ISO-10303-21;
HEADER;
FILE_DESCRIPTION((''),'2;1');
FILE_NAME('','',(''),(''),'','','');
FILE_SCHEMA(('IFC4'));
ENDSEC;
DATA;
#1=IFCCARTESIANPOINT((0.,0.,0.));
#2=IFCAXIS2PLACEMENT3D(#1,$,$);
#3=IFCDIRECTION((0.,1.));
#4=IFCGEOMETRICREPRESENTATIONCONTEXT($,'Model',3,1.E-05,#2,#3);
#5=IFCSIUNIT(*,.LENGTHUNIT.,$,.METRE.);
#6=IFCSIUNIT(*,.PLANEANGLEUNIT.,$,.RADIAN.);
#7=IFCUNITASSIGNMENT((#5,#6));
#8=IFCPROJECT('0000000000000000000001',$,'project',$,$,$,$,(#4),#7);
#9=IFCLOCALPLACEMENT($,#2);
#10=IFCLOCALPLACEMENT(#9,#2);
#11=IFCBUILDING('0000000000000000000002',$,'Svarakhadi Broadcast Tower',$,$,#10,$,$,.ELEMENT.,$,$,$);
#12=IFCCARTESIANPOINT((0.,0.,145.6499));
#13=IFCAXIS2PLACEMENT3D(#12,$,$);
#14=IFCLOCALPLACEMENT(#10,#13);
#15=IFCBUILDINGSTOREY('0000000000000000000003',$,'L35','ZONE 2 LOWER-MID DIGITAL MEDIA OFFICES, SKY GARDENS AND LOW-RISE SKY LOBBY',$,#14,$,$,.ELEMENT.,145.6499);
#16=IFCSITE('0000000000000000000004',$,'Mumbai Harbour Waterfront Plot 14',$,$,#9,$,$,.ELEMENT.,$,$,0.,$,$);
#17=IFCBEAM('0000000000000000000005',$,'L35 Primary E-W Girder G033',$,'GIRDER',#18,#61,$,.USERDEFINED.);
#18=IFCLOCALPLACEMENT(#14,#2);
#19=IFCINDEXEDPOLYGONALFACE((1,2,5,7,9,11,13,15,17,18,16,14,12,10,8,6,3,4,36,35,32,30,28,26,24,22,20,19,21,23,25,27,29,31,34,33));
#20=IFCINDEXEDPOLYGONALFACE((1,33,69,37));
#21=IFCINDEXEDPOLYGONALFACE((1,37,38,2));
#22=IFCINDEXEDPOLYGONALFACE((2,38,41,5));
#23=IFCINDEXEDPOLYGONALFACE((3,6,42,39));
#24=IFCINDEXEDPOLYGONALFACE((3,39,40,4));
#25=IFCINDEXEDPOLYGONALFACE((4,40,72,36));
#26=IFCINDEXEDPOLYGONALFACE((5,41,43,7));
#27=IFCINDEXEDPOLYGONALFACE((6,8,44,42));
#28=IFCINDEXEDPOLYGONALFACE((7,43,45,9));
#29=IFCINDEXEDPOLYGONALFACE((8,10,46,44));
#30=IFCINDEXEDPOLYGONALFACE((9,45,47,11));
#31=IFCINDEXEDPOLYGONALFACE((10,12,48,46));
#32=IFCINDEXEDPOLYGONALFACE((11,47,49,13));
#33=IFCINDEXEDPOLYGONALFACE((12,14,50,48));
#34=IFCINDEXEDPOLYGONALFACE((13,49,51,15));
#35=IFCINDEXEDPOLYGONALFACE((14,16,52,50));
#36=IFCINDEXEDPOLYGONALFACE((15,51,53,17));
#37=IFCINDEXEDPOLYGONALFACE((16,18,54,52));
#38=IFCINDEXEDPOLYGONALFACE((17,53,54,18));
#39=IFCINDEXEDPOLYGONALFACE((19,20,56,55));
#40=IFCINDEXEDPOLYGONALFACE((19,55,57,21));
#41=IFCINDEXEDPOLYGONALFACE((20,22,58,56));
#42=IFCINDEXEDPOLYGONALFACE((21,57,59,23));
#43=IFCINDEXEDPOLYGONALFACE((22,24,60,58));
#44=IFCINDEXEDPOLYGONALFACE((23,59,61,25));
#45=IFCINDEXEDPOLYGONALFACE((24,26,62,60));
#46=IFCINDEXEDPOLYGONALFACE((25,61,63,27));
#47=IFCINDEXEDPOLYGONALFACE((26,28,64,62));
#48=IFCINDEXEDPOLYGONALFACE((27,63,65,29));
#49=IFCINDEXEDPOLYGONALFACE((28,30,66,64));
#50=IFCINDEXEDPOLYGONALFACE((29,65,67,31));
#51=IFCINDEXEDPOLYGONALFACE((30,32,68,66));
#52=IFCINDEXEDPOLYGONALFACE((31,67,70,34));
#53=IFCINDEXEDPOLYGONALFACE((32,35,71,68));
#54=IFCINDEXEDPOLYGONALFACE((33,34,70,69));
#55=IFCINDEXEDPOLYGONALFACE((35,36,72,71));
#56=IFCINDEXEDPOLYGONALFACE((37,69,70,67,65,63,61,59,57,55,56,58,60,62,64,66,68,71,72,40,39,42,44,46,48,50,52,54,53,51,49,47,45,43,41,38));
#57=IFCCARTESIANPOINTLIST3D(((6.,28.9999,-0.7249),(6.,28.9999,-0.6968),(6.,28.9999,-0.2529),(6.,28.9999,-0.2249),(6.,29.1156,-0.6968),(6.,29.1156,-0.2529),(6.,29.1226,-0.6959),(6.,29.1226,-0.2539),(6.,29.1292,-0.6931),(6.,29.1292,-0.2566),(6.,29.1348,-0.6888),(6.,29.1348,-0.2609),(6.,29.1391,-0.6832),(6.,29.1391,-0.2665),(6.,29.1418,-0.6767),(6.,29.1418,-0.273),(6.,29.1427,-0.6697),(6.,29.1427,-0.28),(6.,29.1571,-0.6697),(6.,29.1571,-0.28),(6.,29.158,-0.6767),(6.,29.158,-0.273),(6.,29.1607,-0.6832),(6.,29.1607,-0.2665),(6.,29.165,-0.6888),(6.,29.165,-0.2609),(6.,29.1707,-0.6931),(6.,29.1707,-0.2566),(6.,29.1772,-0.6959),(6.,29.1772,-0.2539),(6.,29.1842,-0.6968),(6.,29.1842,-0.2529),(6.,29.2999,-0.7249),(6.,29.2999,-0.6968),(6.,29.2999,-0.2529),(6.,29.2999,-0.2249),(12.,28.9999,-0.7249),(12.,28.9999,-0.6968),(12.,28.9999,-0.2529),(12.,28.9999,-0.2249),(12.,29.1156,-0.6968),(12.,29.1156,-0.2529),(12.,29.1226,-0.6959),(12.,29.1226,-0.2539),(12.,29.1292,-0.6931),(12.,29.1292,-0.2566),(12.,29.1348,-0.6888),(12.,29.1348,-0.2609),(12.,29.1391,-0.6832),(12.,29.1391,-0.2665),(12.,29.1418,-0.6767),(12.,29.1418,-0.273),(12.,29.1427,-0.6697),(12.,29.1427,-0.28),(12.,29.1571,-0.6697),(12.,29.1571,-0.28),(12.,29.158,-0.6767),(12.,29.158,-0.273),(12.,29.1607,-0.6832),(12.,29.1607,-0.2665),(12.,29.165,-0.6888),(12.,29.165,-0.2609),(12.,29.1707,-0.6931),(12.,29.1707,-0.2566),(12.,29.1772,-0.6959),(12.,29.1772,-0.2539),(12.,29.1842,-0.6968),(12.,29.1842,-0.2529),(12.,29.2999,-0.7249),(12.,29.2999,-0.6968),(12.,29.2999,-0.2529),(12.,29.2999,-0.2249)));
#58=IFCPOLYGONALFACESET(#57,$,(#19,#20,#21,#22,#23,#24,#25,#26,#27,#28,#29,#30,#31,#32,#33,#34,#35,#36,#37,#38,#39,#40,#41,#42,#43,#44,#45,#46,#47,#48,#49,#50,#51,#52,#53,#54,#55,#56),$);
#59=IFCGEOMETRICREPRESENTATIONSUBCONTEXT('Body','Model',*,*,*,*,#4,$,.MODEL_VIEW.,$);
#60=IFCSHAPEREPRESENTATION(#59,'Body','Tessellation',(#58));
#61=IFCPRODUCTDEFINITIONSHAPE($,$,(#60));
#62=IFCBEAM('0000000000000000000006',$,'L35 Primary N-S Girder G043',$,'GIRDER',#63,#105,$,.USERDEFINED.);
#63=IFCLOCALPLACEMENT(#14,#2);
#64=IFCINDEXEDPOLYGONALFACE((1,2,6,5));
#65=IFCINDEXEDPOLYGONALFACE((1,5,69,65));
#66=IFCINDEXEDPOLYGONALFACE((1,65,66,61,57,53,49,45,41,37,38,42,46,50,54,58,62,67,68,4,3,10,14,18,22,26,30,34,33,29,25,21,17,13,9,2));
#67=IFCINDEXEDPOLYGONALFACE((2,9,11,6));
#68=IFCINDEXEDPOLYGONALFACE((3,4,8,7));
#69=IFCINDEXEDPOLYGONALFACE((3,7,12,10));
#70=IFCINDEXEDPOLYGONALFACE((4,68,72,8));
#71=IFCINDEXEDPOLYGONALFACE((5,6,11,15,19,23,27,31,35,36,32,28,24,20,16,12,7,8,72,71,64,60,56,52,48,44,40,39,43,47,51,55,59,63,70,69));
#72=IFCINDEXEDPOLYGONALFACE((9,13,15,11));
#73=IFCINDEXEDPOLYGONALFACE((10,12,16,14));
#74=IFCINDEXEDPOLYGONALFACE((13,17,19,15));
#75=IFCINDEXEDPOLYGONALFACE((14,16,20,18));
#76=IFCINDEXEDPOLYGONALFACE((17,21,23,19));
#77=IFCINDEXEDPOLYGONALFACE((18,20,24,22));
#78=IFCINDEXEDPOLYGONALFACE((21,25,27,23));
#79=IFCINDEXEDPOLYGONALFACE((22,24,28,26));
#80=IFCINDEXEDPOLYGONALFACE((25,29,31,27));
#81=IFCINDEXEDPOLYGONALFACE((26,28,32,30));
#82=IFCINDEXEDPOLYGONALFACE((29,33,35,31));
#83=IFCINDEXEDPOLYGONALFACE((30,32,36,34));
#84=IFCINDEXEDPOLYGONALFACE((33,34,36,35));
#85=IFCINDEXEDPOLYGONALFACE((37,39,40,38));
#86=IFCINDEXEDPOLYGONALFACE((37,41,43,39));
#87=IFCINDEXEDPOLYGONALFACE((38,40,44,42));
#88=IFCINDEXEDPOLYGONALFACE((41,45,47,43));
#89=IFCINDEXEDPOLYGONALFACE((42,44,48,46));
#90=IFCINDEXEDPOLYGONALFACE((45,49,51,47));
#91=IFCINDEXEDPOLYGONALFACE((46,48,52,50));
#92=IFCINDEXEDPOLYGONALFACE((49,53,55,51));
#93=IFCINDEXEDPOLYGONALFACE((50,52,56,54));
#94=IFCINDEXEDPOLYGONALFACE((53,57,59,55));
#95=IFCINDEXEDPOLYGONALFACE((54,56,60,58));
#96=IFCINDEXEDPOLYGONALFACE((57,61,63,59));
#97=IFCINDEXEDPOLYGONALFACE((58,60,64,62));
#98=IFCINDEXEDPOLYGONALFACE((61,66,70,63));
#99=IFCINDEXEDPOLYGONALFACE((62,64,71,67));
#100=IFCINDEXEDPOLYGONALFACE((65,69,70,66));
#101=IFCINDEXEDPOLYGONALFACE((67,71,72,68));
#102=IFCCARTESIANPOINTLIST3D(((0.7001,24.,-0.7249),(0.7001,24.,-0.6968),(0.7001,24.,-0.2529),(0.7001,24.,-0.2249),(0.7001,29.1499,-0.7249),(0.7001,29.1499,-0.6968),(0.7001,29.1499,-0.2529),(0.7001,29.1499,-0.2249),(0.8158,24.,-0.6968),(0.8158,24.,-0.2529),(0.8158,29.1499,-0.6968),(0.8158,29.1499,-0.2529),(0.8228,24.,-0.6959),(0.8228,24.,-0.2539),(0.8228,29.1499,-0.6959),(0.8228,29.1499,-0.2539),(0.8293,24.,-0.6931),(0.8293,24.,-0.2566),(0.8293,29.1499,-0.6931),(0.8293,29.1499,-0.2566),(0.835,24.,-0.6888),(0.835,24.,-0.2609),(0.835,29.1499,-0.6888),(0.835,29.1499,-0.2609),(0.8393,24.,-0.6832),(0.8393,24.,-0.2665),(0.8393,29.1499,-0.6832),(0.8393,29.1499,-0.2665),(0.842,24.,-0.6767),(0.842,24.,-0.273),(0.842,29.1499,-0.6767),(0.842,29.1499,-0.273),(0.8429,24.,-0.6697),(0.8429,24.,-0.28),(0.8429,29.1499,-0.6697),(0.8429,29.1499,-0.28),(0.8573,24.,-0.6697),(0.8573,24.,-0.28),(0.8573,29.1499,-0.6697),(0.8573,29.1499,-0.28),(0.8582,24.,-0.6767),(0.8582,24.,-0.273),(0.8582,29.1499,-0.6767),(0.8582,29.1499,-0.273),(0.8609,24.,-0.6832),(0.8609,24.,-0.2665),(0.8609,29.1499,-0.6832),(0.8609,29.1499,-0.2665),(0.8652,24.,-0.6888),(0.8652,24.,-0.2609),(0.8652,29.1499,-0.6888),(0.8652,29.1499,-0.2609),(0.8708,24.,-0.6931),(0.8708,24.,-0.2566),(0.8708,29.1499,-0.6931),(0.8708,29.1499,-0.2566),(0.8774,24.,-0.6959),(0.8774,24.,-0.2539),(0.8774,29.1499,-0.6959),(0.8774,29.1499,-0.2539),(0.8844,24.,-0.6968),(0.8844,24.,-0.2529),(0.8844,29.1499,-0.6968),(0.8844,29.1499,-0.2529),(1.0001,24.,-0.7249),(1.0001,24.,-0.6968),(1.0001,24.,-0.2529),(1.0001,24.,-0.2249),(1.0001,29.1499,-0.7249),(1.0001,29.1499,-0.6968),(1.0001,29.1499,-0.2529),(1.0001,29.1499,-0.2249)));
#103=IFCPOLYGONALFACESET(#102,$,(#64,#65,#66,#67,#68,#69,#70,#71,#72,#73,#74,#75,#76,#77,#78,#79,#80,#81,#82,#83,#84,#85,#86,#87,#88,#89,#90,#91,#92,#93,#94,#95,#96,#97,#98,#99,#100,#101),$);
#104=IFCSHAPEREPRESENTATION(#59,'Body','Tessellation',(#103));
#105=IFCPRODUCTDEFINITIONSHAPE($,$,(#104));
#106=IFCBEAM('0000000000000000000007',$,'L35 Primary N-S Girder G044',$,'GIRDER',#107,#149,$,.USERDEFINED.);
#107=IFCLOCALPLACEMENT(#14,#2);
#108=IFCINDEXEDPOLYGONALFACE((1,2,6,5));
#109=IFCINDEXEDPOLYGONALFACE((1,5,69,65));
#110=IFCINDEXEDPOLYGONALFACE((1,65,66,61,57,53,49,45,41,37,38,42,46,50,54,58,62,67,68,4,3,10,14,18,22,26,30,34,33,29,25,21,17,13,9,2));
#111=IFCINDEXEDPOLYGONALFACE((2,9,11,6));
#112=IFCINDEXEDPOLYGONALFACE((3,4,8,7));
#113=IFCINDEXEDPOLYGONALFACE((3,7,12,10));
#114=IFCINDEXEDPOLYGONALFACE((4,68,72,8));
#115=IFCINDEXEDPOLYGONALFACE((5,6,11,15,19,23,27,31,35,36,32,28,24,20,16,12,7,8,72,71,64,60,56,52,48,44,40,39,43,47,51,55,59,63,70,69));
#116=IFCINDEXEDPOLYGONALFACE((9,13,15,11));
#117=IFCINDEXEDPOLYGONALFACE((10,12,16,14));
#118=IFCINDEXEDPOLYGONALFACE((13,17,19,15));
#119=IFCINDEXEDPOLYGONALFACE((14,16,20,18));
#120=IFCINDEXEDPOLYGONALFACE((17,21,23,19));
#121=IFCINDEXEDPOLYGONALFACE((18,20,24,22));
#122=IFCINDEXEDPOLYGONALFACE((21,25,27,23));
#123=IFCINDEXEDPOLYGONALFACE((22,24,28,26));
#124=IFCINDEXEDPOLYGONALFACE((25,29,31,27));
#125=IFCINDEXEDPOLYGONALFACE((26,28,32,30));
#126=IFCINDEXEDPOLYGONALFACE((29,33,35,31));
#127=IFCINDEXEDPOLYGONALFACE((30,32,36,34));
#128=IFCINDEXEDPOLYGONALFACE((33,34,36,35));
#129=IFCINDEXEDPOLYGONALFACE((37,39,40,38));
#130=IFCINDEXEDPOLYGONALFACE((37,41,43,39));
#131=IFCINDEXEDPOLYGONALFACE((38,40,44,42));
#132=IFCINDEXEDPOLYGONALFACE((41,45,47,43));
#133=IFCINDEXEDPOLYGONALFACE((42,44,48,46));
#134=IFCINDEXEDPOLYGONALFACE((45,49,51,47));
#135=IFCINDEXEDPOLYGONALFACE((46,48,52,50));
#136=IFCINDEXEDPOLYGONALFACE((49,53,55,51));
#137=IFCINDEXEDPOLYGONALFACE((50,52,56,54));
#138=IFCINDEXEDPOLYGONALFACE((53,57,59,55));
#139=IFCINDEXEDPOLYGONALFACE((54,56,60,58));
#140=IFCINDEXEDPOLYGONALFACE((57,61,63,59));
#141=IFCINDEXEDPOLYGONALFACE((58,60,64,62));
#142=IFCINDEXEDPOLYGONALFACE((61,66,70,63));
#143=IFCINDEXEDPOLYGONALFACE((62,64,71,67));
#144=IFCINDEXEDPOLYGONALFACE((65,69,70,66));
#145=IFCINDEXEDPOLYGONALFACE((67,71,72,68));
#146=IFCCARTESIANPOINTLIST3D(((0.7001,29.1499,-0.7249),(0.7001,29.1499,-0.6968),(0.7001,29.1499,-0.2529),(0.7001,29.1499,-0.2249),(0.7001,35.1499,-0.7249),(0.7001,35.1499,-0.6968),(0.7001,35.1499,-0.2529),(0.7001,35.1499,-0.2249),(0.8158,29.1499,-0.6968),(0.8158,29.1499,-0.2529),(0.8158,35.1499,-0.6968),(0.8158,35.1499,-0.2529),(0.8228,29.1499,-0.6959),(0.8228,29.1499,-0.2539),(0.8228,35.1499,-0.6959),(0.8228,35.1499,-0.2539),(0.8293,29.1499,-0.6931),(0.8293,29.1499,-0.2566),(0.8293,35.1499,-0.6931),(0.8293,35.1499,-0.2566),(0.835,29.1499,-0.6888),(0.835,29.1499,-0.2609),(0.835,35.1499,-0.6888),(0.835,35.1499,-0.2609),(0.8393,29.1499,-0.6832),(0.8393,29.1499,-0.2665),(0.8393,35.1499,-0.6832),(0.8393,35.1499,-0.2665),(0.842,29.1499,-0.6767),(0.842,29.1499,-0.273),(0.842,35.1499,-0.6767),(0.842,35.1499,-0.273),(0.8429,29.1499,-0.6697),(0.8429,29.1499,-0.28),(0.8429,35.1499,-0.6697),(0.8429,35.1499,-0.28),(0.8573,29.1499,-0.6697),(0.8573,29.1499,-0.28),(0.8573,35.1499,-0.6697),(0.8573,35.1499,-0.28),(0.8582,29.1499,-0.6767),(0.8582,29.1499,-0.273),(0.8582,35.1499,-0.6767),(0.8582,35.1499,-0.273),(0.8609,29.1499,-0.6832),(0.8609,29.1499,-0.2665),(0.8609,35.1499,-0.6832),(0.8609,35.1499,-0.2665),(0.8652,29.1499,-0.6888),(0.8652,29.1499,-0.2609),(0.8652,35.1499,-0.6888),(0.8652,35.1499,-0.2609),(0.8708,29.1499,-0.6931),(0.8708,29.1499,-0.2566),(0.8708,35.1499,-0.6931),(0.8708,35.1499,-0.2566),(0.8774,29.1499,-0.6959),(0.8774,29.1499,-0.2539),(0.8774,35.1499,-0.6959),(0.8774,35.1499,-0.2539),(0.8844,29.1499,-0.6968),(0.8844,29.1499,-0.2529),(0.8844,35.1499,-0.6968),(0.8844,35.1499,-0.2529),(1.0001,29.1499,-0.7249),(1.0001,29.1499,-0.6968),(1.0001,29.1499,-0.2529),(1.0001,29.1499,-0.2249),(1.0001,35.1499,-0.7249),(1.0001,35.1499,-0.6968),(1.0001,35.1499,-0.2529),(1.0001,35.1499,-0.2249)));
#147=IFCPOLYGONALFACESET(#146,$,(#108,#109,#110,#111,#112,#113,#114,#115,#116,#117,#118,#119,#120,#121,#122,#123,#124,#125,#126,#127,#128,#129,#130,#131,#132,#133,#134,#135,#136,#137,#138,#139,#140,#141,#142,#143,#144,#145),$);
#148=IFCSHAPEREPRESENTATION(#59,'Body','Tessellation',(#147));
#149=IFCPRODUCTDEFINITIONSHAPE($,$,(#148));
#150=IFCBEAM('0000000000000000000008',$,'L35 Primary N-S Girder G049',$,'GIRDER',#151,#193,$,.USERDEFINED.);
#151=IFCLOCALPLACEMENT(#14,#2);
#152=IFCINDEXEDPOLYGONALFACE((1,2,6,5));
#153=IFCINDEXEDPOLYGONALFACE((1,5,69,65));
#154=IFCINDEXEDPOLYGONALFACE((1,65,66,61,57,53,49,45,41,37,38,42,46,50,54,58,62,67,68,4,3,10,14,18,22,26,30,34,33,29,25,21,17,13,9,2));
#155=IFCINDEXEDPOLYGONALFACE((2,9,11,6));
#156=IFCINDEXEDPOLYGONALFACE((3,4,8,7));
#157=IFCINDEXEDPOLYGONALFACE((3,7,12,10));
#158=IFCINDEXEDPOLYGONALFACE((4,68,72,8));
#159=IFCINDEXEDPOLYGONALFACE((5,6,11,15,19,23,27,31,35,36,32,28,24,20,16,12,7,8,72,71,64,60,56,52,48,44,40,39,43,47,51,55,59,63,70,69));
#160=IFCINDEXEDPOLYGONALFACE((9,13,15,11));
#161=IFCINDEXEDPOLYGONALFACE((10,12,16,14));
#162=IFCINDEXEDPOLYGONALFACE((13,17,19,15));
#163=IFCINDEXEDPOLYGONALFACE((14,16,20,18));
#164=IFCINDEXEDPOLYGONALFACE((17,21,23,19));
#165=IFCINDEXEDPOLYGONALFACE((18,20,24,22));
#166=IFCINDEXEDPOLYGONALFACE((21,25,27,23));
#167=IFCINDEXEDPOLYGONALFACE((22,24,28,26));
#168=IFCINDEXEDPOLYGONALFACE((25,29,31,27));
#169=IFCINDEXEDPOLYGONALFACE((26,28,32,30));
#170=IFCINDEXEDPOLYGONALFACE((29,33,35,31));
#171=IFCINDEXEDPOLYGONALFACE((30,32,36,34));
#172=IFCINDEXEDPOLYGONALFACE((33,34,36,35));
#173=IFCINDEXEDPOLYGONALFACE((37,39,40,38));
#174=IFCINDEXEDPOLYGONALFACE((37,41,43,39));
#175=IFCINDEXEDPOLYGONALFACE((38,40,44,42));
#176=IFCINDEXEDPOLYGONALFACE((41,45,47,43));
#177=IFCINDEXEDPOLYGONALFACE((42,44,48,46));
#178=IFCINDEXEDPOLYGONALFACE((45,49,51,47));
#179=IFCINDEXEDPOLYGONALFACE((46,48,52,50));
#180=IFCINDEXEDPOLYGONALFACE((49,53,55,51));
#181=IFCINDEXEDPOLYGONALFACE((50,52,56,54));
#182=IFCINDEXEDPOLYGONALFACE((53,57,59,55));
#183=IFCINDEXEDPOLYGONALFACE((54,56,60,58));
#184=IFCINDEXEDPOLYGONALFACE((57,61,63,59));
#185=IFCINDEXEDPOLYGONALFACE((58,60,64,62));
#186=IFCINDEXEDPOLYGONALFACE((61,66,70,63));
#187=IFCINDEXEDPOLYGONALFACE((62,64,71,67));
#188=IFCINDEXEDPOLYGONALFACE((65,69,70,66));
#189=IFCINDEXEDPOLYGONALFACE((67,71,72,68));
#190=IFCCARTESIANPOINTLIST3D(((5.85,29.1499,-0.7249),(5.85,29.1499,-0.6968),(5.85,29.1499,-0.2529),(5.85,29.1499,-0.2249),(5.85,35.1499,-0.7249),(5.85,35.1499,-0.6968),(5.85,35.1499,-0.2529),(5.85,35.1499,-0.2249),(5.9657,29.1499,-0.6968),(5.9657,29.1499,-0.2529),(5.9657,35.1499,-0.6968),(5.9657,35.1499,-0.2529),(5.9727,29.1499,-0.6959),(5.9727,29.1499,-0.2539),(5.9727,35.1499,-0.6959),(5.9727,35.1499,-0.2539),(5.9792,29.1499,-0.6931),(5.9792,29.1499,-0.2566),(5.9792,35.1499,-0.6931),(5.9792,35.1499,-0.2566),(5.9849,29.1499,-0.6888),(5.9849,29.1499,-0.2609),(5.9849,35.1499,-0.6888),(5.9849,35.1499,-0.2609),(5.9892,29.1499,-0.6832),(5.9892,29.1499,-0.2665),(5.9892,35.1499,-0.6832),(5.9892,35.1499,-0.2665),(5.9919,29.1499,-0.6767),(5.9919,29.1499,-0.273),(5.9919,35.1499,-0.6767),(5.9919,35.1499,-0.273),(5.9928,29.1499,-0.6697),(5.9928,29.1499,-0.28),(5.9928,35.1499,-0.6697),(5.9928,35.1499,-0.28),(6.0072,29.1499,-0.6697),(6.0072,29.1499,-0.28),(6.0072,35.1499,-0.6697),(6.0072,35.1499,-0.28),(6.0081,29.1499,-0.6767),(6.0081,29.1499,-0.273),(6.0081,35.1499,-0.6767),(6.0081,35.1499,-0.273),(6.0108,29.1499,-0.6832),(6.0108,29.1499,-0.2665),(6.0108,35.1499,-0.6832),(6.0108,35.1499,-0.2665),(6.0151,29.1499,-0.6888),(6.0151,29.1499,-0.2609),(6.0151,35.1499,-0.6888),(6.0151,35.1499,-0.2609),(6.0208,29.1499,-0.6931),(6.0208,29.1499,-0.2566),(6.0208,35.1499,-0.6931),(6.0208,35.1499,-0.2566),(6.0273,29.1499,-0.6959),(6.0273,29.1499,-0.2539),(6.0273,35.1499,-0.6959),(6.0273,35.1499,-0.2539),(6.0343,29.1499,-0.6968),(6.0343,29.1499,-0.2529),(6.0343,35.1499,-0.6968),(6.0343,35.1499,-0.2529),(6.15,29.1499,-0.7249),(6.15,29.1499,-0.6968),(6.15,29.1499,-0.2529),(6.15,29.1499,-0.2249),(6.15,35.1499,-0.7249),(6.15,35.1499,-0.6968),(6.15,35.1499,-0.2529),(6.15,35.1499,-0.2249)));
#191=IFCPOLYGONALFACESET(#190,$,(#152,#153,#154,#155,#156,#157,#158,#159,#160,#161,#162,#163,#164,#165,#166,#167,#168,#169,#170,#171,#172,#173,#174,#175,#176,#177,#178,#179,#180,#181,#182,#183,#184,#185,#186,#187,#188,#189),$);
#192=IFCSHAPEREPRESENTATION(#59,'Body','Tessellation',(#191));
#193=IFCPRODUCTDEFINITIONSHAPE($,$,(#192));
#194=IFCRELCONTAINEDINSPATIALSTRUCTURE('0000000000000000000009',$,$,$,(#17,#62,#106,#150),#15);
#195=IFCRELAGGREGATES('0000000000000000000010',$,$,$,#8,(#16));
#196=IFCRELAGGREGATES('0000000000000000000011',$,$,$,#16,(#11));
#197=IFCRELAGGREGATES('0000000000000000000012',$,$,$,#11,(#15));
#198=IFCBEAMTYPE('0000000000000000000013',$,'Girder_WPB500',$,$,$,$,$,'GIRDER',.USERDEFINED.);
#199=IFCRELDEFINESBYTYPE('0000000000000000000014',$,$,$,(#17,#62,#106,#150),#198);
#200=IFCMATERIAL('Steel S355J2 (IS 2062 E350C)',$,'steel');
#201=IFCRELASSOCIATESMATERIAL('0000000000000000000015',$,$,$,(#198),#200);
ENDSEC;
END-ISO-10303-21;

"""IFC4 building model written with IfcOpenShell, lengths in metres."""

from ifc_helpers import new_model, si_unit, direction, frame, origin, origin_2d, place, context, subcontext, project, spatial, i_section, extrude, material, material_profile, profile_set, type_object, element, save


model = new_model("IFC4")

# Units and contexts
model_context = context("Model", 3, precision=1e-05, world=origin(), true_north=direction((0.0, 1.0)))
body_context = subcontext(model_context, "Body", "Model", "MODEL_VIEW")
ifc_project = project(units=[si_unit("LENGTHUNIT", "METRE"), si_unit("PLANEANGLEUNIT", "RADIAN")], contexts=[model_context])

# Site, building, storey
site_placement = place(None, origin())
site = spatial("IfcSite", under=ifc_project, at=site_placement, Name="Mumbai Harbour Waterfront Plot 14", CompositionType="ELEMENT", RefElevation=0.0)
building_placement = place(site_placement, origin())
building = spatial("IfcBuilding", under=site, at=building_placement, Name="Svarakhadi Broadcast Tower", CompositionType="ELEMENT")
storey_placement = place(building_placement, frame((0.0, 0.0, 145.6499)))
storey = spatial("IfcBuildingStorey", under=building, at=storey_placement, Name="L35", Description="ZONE 2 LOWER-MID DIGITAL MEDIA OFFICES, SKY GARDENS AND LOW-RISE SKY LOBBY", CompositionType="ELEMENT", Elevation=145.6499)

# Shared definitions
ifc_material_1 = material(Name="Steel S355J2 (IS 2062 E350C)", Category="steel")

# Beams
ifc_material_profile_1 = material_profile(ifc_material_1, i_section(OverallWidth=0.3, OverallDepth=0.5, WebThickness=0.0144, FlangeThickness=0.0281, FilletRadius=0.0271, at=origin_2d()), Name="WPB 500x300x187")
ifc_profile_set_1 = profile_set([ifc_material_profile_1], Name="Steel S355J2 (IS 2062 E350C)")
beam_type_1 = type_object("IfcBeamType", Name="Girder_WPB500", ElementType="GIRDER", PredefinedType="USERDEFINED", material=ifc_profile_set_1)
beam_1_placement = place(storey_placement, frame((6.0, 29.1499, -0.4749), z_axis=(1.0, 0.0, 0.0), x_axis=(0.0, 1.0, 0.0)))
element("IfcBeam", 1, at=beam_1_placement, inside=storey, type_object=beam_type_1, Name="L35 Primary E-W Girder G033", ObjectType="GIRDER", PredefinedType="USERDEFINED", context=body_context, shape_type="SweptSolid", body=[
    extrude(i_section(OverallWidth=0.3, OverallDepth=0.5, WebThickness=0.0144, FlangeThickness=0.0281, FilletRadius=0.0271, at=origin_2d()), origin(), (0.0, 0.0, 1.0), 6.0),
])
beam_2_placement = place(storey_placement, frame((0.8501, 24.0, -0.4749), z_axis=(0.0, 1.0, 0.0), x_axis=(-1.0, 0.0, 0.0)))
element("IfcBeam", 2, at=beam_2_placement, inside=storey, type_object=beam_type_1, Name="L35 Primary N-S Girder G043", ObjectType="GIRDER", PredefinedType="USERDEFINED", context=body_context, shape_type="SweptSolid", body=[
    extrude(i_section(OverallWidth=0.3, OverallDepth=0.5, WebThickness=0.0144, FlangeThickness=0.0281, FilletRadius=0.0271, at=origin_2d()), origin(), (0.0, 0.0, 1.0), 5.1499),
])
for number, where, z_axis, x_axis, name in (
    (3, (0.8501, 29.1499, -0.4749), (0.0, 1.0, 0.0), (-1.0, 0.0, 0.0), "L35 Primary N-S Girder G044"),
    (4, (6.0, 29.1499, -0.4749), (0.0, 1.0, 0.0), (-1.0, 0.0, 0.0), "L35 Primary N-S Girder G049"),
):
    element("IfcBeam", number, at=place(storey_placement, frame(where, z_axis=z_axis, x_axis=x_axis)), inside=storey, type_object=beam_type_1, Name=name, ObjectType="GIRDER", PredefinedType="USERDEFINED", context=body_context, shape_type="SweptSolid", body=[
        extrude(i_section(OverallWidth=0.3, OverallDepth=0.5, WebThickness=0.0144, FlangeThickness=0.0281, FilletRadius=0.0271, at=origin_2d()), origin(), (0.0, 0.0, 1.0), 6.0),
    ])

save(model, "model.ifc")
